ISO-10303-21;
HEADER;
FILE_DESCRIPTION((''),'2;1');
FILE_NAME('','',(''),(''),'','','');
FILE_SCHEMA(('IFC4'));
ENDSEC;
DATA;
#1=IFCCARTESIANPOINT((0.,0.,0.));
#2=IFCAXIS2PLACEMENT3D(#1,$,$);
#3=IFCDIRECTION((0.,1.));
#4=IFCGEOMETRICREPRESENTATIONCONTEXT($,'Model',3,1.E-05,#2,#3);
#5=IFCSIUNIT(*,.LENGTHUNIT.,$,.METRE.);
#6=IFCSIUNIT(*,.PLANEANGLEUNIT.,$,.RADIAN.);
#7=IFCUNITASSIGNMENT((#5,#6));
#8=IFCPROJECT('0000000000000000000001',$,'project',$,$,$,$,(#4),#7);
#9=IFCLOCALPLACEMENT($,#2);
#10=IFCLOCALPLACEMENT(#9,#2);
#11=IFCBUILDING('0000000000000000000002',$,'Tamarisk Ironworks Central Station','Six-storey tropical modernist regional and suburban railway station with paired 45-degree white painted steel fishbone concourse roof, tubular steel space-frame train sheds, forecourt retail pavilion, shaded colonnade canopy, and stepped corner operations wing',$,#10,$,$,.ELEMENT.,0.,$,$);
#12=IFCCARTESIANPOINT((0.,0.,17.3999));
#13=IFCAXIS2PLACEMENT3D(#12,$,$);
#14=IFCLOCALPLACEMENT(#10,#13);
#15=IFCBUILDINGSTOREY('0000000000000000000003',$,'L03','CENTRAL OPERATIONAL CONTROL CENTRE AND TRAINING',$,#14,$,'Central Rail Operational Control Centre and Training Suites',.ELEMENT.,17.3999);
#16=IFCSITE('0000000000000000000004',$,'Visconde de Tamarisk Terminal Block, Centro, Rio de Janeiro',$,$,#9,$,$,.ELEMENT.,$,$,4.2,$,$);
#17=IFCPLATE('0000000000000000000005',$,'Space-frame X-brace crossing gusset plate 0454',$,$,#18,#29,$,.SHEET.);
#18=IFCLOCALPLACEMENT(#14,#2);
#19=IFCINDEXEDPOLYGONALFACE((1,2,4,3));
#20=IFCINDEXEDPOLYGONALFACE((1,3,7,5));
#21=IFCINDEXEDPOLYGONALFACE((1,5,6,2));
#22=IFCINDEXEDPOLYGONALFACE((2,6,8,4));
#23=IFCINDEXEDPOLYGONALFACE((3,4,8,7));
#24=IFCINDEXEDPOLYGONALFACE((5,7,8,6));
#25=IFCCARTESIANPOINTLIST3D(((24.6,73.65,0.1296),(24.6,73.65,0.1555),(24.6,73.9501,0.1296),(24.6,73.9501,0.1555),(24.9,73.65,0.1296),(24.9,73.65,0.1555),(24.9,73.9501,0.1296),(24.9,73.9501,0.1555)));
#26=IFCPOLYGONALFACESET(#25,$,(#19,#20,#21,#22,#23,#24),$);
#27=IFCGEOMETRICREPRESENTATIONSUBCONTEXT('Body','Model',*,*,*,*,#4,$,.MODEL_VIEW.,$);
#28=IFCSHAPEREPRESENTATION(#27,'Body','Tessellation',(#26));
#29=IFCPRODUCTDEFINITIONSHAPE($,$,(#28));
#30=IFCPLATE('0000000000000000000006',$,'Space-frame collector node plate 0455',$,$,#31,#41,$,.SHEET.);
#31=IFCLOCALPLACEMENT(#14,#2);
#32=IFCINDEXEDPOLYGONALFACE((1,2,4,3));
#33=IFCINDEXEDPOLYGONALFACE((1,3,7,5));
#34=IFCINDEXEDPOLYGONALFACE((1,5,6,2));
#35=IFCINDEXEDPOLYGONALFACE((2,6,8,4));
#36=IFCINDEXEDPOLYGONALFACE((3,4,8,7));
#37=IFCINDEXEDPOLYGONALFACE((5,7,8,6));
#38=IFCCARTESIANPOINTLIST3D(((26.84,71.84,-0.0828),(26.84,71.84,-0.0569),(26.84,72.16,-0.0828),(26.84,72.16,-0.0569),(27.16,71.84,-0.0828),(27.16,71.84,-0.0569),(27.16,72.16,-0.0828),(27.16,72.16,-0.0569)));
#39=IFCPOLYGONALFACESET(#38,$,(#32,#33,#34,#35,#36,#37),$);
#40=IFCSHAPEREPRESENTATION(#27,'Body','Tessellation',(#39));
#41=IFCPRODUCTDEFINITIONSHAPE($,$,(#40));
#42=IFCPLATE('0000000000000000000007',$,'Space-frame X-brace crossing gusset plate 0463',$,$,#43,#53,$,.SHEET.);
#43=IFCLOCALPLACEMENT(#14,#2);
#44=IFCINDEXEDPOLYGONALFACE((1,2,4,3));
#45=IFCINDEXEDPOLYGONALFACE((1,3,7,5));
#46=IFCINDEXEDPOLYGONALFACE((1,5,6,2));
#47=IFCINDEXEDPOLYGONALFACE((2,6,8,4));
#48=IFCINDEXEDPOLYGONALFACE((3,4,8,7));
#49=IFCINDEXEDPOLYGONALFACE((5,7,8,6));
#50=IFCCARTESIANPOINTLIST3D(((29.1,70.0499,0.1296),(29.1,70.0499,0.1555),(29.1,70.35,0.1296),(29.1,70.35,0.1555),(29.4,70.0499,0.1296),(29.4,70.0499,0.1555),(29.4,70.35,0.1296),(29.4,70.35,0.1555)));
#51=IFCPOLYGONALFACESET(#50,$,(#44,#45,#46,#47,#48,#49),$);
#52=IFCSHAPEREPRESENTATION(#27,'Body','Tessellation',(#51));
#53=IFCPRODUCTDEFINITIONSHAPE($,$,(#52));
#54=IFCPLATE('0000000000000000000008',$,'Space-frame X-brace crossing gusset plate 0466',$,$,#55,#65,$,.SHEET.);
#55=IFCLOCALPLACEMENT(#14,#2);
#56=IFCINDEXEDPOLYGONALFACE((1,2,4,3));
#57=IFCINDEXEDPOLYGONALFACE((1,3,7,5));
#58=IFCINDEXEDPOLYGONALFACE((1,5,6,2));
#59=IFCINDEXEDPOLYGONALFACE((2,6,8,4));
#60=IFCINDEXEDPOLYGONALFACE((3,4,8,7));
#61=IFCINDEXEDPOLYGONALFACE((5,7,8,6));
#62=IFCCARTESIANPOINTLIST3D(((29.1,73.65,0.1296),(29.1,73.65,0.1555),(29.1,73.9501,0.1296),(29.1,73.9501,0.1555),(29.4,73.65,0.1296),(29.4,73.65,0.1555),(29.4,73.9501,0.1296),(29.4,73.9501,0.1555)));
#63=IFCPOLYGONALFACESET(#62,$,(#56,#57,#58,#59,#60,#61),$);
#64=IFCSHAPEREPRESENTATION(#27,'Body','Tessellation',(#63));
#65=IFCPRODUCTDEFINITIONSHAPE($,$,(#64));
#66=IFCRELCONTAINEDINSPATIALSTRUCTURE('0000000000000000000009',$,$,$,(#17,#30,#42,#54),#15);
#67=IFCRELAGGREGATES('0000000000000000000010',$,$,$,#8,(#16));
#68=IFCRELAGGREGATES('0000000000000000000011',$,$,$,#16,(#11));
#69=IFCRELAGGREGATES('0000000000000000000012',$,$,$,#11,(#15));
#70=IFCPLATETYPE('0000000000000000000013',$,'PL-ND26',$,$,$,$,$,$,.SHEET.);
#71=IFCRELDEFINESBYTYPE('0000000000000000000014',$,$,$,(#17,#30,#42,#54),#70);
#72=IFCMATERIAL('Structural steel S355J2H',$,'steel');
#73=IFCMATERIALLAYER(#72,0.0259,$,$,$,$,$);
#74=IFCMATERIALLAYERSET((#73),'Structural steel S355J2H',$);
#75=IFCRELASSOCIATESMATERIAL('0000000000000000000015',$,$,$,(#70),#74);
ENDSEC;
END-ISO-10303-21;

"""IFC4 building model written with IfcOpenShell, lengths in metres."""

from ifc_helpers import new_model, si_unit, direction, frame, origin, origin_2d, place, context, subcontext, project, spatial, rectangle, extrude, material, layer, layer_set, type_object, element, save


model = new_model("IFC4")

# Units and contexts
model_context = context("Model", 3, precision=1e-05, world=origin(), true_north=direction((0.0, 1.0)))
body_context = subcontext(model_context, "Body", "Model", "MODEL_VIEW")
ifc_project = project(units=[si_unit("LENGTHUNIT", "METRE"), si_unit("PLANEANGLEUNIT", "RADIAN")], contexts=[model_context])

# Site, building, storey
site_placement = place(None, origin())
site = spatial("IfcSite", under=ifc_project, at=site_placement, Name="Visconde de Tamarisk Terminal Block, Centro, Rio de Janeiro", CompositionType="ELEMENT", RefElevation=4.2)
building_placement = place(site_placement, origin())
building = spatial("IfcBuilding", under=site, at=building_placement, Name="Tamarisk Ironworks Central Station", Description="Six-storey tropical modernist regional and suburban railway station with paired 45-degree white painted steel fishbone concourse roof, tubular steel space-frame train sheds, forecourt retail pavilion, shaded colonnade canopy, and stepped corner operations wing", CompositionType="ELEMENT", ElevationOfRefHeight=0.0)
storey_placement = place(building_placement, frame((0.0, 0.0, 17.3999)))
storey = spatial("IfcBuildingStorey", under=building, at=storey_placement, Name="L03", Description="CENTRAL OPERATIONAL CONTROL CENTRE AND TRAINING", LongName="Central Rail Operational Control Centre and Training Suites", CompositionType="ELEMENT", Elevation=17.3999)

# Shared definitions
ifc_material = material(Name="Structural steel S355J2H", Category="steel")

# Plates
ifc_layer = layer(ifc_material, 0.0259)
ifc_layer_set = layer_set([ifc_layer], Name="Structural steel S355J2H")
plate_type = type_object("IfcPlateType", Name="PL-ND26", PredefinedType="SHEET", material=ifc_layer_set)
plate_1_placement = place(storey_placement, frame((24.75, 73.8, 0.1296), z_axis=(0.0, 0.0, 1.0), x_axis=(1.0, 0.0, 0.0)))
element("IfcPlate", 1, at=plate_1_placement, inside=storey, type_object=plate_type, Name="Space-frame X-brace crossing gusset plate 0454", PredefinedType="SHEET", context=body_context, shape_type="SweptSolid", body=[
    extrude(rectangle(XDim=0.3, YDim=0.3, at=origin_2d()), origin(), (0.0, 0.0, 1.0), 0.0259),
])
plate_2_placement = place(storey_placement, frame((27.0, 72.0, -0.0828), z_axis=(0.0, 0.0, 1.0), x_axis=(1.0, 0.0, 0.0)))
element("IfcPlate", 2, at=plate_2_placement, inside=storey, type_object=plate_type, Name="Space-frame collector node plate 0455", PredefinedType="SHEET", context=body_context, shape_type="SweptSolid", body=[
    extrude(rectangle(XDim=0.3201, YDim=0.3201, at=origin_2d()), origin(), (0.0, 0.0, 1.0), 0.0259),
])
for number, where, z_axis, x_axis, name in (
    (3, (29.25, 70.2, 0.1296), (0.0, 0.0, 1.0), (1.0, 0.0, 0.0), "Space-frame X-brace crossing gusset plate 0463"),
    (4, (29.25, 73.8, 0.1296), (0.0, 0.0, 1.0), (1.0, 0.0, 0.0), "Space-frame X-brace crossing gusset plate 0466"),
):
    element("IfcPlate", number, at=place(storey_placement, frame(where, z_axis=z_axis, x_axis=x_axis)), inside=storey, type_object=plate_type, Name=name, PredefinedType="SHEET", context=body_context, shape_type="SweptSolid", body=[
        extrude(rectangle(XDim=0.3, YDim=0.3, at=origin_2d()), origin(), (0.0, 0.0, 1.0), 0.0259),
    ])

save(model, "model.ifc")
